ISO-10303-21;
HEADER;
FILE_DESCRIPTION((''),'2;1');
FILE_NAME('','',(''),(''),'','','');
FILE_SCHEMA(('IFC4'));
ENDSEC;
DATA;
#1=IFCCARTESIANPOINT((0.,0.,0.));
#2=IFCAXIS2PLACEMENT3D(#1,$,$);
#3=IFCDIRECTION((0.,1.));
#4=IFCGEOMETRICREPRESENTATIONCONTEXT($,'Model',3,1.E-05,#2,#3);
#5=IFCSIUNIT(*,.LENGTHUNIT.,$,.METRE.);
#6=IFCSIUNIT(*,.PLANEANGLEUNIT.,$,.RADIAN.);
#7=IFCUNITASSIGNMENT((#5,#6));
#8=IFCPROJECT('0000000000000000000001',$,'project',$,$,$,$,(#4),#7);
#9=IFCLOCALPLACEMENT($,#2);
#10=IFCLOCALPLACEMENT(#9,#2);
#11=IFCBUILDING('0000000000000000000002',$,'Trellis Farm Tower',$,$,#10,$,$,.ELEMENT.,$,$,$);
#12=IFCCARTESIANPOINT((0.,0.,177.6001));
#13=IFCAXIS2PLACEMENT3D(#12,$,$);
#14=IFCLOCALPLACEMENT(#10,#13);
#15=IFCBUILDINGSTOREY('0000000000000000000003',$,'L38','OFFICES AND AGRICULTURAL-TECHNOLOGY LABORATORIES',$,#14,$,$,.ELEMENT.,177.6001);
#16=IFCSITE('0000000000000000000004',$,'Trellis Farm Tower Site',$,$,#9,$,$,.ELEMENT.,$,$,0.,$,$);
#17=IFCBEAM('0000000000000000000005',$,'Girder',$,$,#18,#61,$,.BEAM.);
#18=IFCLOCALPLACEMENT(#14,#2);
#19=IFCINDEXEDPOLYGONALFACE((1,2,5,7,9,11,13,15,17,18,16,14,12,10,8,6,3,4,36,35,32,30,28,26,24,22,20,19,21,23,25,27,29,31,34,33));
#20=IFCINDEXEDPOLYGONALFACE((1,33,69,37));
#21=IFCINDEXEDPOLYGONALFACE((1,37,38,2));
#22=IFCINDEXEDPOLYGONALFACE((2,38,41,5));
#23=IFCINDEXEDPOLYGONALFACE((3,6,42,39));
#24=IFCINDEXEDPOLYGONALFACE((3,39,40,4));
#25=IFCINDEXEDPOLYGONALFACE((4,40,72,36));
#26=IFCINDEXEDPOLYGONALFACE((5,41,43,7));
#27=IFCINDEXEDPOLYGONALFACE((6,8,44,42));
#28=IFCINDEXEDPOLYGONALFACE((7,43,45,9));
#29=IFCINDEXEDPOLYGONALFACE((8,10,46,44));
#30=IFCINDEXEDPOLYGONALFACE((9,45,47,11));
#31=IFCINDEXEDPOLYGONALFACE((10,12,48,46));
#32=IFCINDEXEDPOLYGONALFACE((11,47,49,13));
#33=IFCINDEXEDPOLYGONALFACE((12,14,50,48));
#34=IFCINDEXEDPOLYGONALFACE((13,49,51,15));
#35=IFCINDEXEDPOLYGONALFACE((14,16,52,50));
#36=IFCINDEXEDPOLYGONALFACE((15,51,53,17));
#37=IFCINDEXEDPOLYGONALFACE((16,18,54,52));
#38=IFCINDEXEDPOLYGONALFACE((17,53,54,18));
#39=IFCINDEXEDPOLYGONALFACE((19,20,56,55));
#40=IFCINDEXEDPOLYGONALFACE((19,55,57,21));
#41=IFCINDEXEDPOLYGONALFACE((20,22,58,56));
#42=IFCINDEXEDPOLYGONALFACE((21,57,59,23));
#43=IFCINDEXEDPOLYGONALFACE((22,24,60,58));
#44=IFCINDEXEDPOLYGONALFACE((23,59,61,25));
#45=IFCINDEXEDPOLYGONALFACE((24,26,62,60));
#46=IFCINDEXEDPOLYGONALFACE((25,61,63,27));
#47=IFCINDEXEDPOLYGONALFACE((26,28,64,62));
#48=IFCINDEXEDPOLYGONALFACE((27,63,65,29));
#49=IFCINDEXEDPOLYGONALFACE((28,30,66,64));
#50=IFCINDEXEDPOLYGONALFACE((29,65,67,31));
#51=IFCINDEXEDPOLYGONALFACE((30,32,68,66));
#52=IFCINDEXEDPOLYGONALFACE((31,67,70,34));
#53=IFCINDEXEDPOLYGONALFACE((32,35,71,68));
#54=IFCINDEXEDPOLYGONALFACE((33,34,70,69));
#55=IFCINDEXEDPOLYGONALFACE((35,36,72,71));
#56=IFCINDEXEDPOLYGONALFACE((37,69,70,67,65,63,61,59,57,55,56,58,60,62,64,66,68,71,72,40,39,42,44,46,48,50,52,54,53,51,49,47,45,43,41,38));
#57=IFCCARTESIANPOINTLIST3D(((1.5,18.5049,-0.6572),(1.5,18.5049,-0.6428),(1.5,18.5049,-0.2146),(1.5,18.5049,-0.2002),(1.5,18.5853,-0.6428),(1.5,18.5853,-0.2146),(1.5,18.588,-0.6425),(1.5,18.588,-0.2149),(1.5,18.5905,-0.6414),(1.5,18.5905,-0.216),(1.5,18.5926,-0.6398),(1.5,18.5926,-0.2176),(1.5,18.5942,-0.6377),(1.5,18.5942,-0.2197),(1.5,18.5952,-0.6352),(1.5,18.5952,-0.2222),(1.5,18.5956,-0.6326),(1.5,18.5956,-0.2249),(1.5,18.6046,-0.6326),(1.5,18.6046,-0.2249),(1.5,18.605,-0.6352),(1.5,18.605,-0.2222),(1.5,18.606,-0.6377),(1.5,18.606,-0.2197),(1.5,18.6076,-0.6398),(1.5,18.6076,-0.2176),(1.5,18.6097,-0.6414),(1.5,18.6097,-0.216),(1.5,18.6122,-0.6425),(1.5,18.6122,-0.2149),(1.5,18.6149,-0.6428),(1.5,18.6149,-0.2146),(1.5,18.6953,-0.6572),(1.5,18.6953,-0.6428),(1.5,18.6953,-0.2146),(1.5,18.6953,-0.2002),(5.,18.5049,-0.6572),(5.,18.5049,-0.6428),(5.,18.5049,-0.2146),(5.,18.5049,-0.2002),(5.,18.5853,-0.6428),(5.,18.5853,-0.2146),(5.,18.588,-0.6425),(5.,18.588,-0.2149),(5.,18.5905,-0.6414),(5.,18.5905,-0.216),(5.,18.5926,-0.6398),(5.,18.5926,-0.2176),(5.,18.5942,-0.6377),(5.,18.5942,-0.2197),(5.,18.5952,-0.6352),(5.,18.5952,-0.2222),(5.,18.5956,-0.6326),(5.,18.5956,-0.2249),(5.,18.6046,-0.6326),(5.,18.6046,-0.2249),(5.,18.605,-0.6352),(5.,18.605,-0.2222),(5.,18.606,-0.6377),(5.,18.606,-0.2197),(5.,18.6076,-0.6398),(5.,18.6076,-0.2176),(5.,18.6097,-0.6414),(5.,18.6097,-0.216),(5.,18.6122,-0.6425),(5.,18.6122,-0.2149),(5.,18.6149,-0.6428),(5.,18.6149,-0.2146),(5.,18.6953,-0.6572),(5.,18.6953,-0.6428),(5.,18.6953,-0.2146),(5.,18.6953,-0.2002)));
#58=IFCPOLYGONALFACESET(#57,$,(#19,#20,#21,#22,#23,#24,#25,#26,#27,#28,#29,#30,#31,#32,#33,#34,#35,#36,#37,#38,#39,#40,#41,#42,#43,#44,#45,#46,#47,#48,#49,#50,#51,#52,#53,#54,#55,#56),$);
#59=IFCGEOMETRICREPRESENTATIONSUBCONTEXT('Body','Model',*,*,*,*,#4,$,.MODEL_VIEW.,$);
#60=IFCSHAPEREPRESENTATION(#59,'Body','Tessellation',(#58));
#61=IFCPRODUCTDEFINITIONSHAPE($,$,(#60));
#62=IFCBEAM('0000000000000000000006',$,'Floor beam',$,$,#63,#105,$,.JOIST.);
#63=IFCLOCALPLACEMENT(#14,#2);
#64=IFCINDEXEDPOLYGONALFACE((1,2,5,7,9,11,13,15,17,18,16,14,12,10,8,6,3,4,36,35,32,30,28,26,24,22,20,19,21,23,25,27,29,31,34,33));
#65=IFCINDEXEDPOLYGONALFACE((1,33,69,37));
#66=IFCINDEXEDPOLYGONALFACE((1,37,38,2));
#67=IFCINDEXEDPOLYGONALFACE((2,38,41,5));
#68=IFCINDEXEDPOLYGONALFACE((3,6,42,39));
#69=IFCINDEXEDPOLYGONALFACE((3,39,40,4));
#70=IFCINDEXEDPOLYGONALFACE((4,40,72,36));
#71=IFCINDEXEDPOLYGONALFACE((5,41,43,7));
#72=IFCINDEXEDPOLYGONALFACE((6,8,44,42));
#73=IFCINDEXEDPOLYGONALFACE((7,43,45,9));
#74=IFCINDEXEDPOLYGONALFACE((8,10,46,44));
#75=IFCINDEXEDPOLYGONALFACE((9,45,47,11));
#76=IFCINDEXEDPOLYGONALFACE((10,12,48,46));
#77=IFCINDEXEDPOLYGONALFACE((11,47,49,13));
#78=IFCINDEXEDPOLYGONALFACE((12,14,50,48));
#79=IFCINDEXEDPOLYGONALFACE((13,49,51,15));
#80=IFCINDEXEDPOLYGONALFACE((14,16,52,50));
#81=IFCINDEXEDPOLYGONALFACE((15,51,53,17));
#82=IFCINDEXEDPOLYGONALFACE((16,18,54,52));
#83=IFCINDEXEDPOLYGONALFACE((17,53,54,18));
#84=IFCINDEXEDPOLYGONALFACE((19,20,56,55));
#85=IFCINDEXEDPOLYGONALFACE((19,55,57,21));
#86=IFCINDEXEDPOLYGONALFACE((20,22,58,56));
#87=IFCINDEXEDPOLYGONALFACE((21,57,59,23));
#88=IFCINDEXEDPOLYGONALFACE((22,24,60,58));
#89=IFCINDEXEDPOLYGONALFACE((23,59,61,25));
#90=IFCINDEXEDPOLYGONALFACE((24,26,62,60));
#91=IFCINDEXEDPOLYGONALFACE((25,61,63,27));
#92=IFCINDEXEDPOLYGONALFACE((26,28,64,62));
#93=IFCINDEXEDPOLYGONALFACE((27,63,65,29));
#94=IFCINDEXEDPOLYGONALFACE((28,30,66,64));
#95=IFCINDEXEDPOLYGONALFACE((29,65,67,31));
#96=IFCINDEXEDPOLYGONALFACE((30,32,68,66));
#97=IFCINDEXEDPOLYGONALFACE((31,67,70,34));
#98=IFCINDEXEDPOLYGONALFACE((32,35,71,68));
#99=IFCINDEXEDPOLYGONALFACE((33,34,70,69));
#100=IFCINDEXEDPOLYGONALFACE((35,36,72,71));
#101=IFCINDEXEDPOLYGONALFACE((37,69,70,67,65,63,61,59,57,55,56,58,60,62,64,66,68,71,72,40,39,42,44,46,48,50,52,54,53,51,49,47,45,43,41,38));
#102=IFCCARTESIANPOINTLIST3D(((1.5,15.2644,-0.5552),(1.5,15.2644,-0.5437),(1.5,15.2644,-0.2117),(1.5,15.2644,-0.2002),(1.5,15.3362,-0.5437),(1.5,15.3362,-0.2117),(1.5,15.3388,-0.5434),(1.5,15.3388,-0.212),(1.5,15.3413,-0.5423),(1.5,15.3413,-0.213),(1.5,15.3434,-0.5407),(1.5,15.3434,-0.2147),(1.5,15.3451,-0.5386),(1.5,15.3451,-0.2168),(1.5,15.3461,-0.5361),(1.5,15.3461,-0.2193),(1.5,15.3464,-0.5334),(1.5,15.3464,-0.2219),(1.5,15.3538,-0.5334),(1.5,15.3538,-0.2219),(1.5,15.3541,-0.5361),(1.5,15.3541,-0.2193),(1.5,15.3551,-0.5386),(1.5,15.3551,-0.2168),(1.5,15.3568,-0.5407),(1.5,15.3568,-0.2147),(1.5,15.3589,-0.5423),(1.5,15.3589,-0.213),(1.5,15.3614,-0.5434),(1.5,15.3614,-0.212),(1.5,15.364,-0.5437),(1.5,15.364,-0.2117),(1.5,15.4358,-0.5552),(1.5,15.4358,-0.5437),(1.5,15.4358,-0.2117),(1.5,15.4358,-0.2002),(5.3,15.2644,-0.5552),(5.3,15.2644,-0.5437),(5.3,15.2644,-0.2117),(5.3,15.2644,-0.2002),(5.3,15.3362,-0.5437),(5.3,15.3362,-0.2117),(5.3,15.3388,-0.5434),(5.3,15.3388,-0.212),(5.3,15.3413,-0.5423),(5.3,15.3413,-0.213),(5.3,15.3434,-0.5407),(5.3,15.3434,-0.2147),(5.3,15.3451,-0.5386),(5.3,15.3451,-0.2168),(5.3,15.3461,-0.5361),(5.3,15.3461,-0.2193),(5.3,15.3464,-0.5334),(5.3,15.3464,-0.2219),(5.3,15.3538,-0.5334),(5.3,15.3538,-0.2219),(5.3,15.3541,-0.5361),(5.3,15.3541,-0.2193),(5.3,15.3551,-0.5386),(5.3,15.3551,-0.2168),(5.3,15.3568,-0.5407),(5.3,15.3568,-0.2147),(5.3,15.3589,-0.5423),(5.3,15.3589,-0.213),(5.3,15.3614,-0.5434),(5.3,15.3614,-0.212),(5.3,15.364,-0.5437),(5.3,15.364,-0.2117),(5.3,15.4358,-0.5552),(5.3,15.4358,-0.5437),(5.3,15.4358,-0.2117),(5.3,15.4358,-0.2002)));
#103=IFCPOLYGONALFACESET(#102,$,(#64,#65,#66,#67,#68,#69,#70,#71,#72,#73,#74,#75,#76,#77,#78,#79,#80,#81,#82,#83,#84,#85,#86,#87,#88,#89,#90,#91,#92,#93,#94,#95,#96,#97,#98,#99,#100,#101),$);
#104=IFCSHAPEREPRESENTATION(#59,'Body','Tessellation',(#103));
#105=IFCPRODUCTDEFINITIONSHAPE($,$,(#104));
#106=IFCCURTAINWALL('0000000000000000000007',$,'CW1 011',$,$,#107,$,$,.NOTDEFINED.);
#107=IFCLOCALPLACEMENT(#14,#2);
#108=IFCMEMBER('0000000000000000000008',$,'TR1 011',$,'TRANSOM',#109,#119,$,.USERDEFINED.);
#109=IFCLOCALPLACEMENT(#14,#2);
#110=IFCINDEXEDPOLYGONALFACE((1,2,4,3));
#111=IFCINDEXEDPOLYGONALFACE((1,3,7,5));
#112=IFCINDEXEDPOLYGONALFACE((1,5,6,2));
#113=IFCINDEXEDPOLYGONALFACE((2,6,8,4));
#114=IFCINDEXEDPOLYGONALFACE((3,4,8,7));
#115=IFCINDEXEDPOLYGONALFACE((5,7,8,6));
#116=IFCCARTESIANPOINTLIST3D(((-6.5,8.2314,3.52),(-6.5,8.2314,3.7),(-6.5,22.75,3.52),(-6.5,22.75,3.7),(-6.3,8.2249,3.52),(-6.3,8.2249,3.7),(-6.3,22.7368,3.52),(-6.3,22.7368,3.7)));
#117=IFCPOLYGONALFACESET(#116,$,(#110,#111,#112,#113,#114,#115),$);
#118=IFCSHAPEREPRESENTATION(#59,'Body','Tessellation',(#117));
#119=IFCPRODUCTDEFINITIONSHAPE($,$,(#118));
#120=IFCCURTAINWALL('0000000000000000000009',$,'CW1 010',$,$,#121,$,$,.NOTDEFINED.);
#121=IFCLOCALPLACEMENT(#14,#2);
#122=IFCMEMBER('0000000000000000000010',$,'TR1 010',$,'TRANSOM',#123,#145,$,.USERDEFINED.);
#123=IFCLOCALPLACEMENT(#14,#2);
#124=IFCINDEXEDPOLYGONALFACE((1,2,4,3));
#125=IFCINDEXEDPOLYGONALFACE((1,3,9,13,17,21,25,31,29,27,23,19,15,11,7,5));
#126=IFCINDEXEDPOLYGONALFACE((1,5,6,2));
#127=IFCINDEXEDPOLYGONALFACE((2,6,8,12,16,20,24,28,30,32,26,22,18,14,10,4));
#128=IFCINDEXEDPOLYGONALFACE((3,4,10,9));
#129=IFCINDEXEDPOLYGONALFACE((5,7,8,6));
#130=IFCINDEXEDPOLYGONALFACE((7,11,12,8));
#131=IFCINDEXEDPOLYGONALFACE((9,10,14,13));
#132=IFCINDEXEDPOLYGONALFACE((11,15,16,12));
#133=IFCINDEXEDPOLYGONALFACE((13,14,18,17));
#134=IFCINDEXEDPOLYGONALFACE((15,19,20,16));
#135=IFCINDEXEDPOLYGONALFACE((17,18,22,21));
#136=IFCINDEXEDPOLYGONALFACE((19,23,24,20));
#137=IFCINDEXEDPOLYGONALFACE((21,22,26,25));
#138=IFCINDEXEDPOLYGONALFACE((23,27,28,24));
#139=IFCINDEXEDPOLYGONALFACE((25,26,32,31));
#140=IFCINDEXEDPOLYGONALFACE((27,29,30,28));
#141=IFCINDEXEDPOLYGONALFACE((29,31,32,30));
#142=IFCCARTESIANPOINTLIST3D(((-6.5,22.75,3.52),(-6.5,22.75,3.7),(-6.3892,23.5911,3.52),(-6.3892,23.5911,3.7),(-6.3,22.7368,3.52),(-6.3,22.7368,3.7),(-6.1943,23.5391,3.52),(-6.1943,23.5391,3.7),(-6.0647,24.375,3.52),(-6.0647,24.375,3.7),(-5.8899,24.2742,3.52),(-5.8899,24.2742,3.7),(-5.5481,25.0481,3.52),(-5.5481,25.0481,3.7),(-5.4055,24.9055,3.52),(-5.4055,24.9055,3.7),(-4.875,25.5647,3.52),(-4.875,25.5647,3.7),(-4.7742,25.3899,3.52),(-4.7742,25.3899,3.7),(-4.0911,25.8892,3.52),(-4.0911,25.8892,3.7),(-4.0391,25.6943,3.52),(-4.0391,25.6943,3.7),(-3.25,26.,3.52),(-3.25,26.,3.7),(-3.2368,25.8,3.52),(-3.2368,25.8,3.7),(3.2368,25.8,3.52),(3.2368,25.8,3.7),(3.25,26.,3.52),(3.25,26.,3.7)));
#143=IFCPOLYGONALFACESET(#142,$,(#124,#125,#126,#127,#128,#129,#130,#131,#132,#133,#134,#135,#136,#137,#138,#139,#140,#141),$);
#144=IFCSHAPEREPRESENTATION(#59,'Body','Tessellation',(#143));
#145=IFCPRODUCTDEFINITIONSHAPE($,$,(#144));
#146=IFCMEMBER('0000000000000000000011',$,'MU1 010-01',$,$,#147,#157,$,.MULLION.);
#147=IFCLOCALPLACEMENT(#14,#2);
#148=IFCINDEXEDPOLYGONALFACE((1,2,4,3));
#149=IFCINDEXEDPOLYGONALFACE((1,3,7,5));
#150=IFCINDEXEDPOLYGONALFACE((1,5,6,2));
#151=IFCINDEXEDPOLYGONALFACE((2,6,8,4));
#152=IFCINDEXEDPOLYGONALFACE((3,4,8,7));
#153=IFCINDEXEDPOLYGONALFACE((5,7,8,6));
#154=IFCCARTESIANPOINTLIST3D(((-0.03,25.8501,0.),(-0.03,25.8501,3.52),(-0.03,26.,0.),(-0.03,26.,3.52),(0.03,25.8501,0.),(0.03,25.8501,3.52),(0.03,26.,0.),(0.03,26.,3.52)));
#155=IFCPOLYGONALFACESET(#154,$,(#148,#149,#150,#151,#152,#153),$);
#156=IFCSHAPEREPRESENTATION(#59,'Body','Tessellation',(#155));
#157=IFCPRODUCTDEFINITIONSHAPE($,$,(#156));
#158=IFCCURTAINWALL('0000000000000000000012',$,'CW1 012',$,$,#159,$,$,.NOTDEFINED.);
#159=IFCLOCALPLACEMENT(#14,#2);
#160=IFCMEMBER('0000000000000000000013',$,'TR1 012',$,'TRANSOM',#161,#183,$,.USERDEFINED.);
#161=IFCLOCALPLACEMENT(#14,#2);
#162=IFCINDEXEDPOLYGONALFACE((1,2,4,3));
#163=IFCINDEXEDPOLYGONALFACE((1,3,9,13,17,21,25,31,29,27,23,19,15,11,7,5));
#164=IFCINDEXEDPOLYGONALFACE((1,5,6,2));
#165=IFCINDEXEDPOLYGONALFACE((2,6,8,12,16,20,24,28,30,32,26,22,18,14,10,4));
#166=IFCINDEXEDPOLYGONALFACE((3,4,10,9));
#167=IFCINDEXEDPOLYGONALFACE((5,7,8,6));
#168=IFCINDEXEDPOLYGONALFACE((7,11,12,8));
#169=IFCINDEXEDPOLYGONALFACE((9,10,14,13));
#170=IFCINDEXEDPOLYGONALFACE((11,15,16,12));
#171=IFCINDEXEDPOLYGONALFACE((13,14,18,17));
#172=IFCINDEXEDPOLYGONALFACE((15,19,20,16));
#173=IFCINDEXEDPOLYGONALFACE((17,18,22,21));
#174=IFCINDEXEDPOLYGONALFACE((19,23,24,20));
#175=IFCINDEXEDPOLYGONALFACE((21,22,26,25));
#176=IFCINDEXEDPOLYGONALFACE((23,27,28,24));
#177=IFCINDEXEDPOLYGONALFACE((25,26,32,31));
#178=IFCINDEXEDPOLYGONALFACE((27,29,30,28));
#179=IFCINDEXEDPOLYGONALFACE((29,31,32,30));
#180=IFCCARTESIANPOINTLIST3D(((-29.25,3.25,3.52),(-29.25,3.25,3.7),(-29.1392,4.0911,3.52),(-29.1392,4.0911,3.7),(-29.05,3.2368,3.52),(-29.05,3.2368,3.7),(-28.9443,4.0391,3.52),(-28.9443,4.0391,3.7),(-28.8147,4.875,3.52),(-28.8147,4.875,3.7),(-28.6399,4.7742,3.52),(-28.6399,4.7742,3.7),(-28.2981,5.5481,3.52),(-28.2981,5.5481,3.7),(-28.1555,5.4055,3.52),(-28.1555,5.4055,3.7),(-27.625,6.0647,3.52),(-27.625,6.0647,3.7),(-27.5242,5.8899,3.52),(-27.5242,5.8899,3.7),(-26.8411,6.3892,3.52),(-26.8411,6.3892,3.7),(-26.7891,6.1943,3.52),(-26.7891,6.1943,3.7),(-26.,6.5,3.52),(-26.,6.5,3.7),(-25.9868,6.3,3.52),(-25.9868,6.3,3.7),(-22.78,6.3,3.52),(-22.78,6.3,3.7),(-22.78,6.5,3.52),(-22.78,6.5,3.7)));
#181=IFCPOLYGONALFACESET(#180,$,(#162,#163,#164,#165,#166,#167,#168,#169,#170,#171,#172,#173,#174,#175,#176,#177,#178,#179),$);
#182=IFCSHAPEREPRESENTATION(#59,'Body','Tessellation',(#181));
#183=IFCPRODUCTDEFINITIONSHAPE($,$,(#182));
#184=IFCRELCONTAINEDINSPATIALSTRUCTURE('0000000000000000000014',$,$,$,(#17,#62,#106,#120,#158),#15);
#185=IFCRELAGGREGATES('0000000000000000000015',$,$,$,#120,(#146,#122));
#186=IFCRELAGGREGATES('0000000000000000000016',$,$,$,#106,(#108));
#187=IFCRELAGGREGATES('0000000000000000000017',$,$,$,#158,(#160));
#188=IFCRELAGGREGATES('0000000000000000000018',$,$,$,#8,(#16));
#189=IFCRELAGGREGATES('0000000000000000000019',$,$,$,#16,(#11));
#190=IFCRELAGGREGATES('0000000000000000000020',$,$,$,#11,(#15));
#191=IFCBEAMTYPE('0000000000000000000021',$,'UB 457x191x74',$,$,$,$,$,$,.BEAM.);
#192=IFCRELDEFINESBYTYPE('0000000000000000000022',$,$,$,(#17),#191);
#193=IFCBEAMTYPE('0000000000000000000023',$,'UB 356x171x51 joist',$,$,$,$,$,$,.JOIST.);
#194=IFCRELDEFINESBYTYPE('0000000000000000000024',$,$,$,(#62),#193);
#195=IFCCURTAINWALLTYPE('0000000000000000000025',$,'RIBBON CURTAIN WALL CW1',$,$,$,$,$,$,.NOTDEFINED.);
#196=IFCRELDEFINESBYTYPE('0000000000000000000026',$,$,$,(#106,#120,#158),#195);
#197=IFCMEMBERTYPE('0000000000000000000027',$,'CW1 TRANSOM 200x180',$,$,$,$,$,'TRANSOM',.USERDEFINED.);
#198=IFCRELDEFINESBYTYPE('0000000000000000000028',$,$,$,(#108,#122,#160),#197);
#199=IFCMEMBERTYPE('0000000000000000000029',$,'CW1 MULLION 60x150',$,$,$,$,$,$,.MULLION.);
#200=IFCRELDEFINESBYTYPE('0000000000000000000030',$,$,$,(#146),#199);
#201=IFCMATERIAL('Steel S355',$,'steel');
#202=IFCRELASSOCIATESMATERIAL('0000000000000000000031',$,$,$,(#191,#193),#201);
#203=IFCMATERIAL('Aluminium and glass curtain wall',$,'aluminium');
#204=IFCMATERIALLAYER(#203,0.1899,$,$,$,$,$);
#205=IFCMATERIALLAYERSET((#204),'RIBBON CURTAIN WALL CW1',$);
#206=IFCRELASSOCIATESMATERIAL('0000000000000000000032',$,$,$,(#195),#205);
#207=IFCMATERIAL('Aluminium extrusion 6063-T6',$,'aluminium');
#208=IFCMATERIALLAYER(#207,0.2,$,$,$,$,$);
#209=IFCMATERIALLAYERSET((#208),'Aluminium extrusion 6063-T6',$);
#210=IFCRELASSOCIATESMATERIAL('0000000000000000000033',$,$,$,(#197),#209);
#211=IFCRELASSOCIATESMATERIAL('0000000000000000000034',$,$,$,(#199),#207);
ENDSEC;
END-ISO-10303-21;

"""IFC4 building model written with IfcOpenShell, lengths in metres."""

from ifc_helpers import new_model, si_unit, direction, frame, origin, origin_2d, place, context, subcontext, project, spatial, polyline, rectangle, i_section, outline, extrude, source, transform, mapped, material, layer, layer_set, material_profile, profile_set, type_object, element, aggregate, save


model = new_model("IFC4")

# Units and contexts
model_context = context("Model", 3, precision=1e-05, world=origin(), true_north=direction((0.0, 1.0)))
body_context = subcontext(model_context, "Body", "Model", "MODEL_VIEW")
ifc_project = project(units=[si_unit("LENGTHUNIT", "METRE"), si_unit("PLANEANGLEUNIT", "RADIAN")], contexts=[model_context])

# Site, building, storey
site_placement = place(None, origin())
site = spatial("IfcSite", under=ifc_project, at=site_placement, Name="Trellis Farm Tower Site", CompositionType="ELEMENT", RefElevation=0.0)
building_placement = place(site_placement, origin())
building = spatial("IfcBuilding", under=site, at=building_placement, Name="Trellis Farm Tower", CompositionType="ELEMENT")
storey_placement = place(building_placement, frame((0.0, 0.0, 177.6001)))
storey = spatial("IfcBuildingStorey", under=building, at=storey_placement, Name="L38", Description="OFFICES AND AGRICULTURAL-TECHNOLOGY LABORATORIES", CompositionType="ELEMENT", Elevation=177.6001)

# Beams
ifc_material_1 = material(Name="Steel S355", Category="steel")
ifc_material_profile_1 = material_profile(ifc_material_1, i_section(OverallWidth=0.1904, OverallDepth=0.457, WebThickness=0.009, FlangeThickness=0.0144, FilletRadius=0.0103, at=origin_2d()), Name="UB 457x191x74")
ifc_profile_set_1 = profile_set([ifc_material_profile_1], Name="Steel S355")
beam_type_1 = type_object("IfcBeamType", Name="UB 457x191x74", PredefinedType="BEAM", material=ifc_profile_set_1)
shared_shape_1 = source(origin(), body_context, "Body", "SweptSolid", [
    extrude(i_section(OverallWidth=0.1904, OverallDepth=0.457, WebThickness=0.009, FlangeThickness=0.0144, FilletRadius=0.0103, at=origin_2d()), origin(), (0.0, 0.0, 1.0), 3.5),
])
beam_1_placement = place(storey_placement, frame((1.5, 18.6001, -0.4287), z_axis=(1.0, 0.0, 0.0), x_axis=(0.0, 1.0, 0.0)))
element("IfcBeam", 1, at=beam_1_placement, inside=storey, type_object=beam_type_1, Name="Girder", PredefinedType="BEAM", context=body_context, shape_type="MappedRepresentation", body=[
    mapped(shared_shape_1, transform((0.0, 0.0, 0.0))),
])
ifc_material_profile_2 = material_profile(ifc_material_1, i_section(OverallWidth=0.1714, OverallDepth=0.355, WebThickness=0.0073, FlangeThickness=0.0115, FilletRadius=0.0103, at=origin_2d()), Name="UB 356x171x51")
ifc_profile_set_2 = profile_set([ifc_material_profile_2], Name="Steel S355")
beam_type_2 = type_object("IfcBeamType", Name="UB 356x171x51 joist", PredefinedType="JOIST", material=ifc_profile_set_2)
shared_shape_2 = source(origin(), body_context, "Body", "SweptSolid", [
    extrude(i_section(OverallWidth=0.1714, OverallDepth=0.355, WebThickness=0.0073, FlangeThickness=0.0115, FilletRadius=0.0103, at=origin_2d()), origin(), (0.0, 0.0, 1.0), 3.8),
])
beam_2_placement = place(storey_placement, frame((1.5, 15.3501, -0.3777), z_axis=(1.0, 0.0, 0.0), x_axis=(0.0, 1.0, 0.0)))
element("IfcBeam", 2, at=beam_2_placement, inside=storey, type_object=beam_type_2, Name="Floor beam", PredefinedType="JOIST", context=body_context, shape_type="MappedRepresentation", body=[
    mapped(shared_shape_2, transform((0.0, 0.0, 0.0))),
])

# Curtain wall, member
ifc_material_2 = material(Name="Aluminium and glass curtain wall", Category="aluminium")
ifc_layer_1 = layer(ifc_material_2, 0.1899)
ifc_layer_set_1 = layer_set([ifc_layer_1], Name="RIBBON CURTAIN WALL CW1")
curtain_wall_type_1 = type_object("IfcCurtainWallType", Name="RIBBON CURTAIN WALL CW1", PredefinedType="NOTDEFINED", material=ifc_layer_set_1)
placement_1 = place(storey_placement, origin())
curtain_wall_1 = element("IfcCurtainWall", 3, at=placement_1, inside=storey, type_object=curtain_wall_type_1, Name="CW1 011", PredefinedType="NOTDEFINED")
ifc_material_3 = material(Name="Aluminium extrusion 6063-T6", Category="aluminium")
ifc_layer_2 = layer(ifc_material_3, 0.2)
ifc_layer_set_2 = layer_set([ifc_layer_2], Name="Aluminium extrusion 6063-T6")
member_type_1 = type_object("IfcMemberType", Name="CW1 TRANSOM 200x180", ElementType="TRANSOM", PredefinedType="USERDEFINED", material=ifc_layer_set_2)
shared_shape_3 = source(origin(), body_context, "Body", "SweptSolid", [
    extrude(outline(polyline([(-6.5, 22.75), (-6.5, 8.2314), (-6.3, 8.2249), (-6.3, 22.7368), (-6.5, 22.75)])), origin(), (0.0, 0.0, 1.0), 0.1799),
])
placement_2 = place(storey_placement, frame((0.0, 0.0, 3.52)))
member_1 = element("IfcMember", 4, at=placement_2, type_object=member_type_1, Name="TR1 011", ObjectType="TRANSOM", PredefinedType="USERDEFINED", context=body_context, shape_type="MappedRepresentation", body=[
    mapped(shared_shape_3, transform((0.0, 0.0, 0.0))),
])

# Curtain wall, members
curtain_wall_2 = element("IfcCurtainWall", 5, at=placement_1, inside=storey, type_object=curtain_wall_type_1, Name="CW1 010", PredefinedType="NOTDEFINED")
shared_shape_4 = source(origin(), body_context, "Body", "SweptSolid", [
    extrude(outline(polyline([(3.25, 26.0), (-3.25, 26.0), (-4.0911, 25.8892), (-4.875, 25.5647), (-5.5481, 25.0481), (-6.0647, 24.375), (-6.3892, 23.5911), (-6.5, 22.75), (-6.3, 22.7368), (-6.1943, 23.5391), (-5.8899, 24.2742), (-5.4055, 24.9055), (-4.7742, 25.3899), (-4.0391, 25.6943), (-3.2368, 25.8), (3.2368, 25.8), (3.25, 26.0)])), origin(), (0.0, 0.0, 1.0), 0.1799),
])
member_2 = element("IfcMember", 6, at=placement_2, type_object=member_type_1, Name="TR1 010", ObjectType="TRANSOM", PredefinedType="USERDEFINED", context=body_context, shape_type="MappedRepresentation", body=[
    mapped(shared_shape_4, transform((0.0, 0.0, 0.0))),
])
ifc_material_profile_3 = material_profile(ifc_material_3, rectangle(XDim=0.0601, YDim=0.1499, at=origin_2d()), Name="MULLION 60x150")
ifc_profile_set_3 = profile_set([ifc_material_profile_3], Name="Aluminium extrusion 6063-T6")
member_type_2 = type_object("IfcMemberType", Name="CW1 MULLION 60x150", PredefinedType="MULLION", material=ifc_profile_set_3)
shared_shape_5 = source(origin(), body_context, "Body", "SweptSolid", [
    extrude(rectangle(XDim=0.0601, YDim=0.1499, at=origin_2d()), origin(), (0.0, 0.0, 1.0), 3.52),
])
member_3_placement = place(storey_placement, frame((0.0, 25.925, 0.0), z_axis=(0.0, 0.0, 1.0), x_axis=(-1.0, 0.0, 0.0)))
member_3 = element("IfcMember", 7, at=member_3_placement, type_object=member_type_2, Name="MU1 010-01", PredefinedType="MULLION", context=body_context, shape_type="MappedRepresentation", body=[
    mapped(shared_shape_5, transform((0.0, 0.0, 0.0))),
])

# Curtain wall, member
curtain_wall_3 = element("IfcCurtainWall", 8, at=placement_1, inside=storey, type_object=curtain_wall_type_1, Name="CW1 012", PredefinedType="NOTDEFINED")
shared_shape_6 = source(origin(), body_context, "Body", "SweptSolid", [
    extrude(outline(polyline([(-22.78, 6.5), (-26.0, 6.5), (-26.8411, 6.3892), (-27.625, 6.0647), (-28.2981, 5.5481), (-28.8147, 4.875), (-29.1392, 4.0911), (-29.25, 3.25), (-29.05, 3.2368), (-28.9443, 4.0391), (-28.6399, 4.7742), (-28.1555, 5.4055), (-27.5242, 5.8899), (-26.7891, 6.1943), (-25.9868, 6.3), (-22.78, 6.3), (-22.78, 6.5)])), origin(), (0.0, 0.0, 1.0), 0.1799),
])
member_4 = element("IfcMember", 9, at=placement_2, type_object=member_type_1, Name="TR1 012", ObjectType="TRANSOM", PredefinedType="USERDEFINED", context=body_context, shape_type="MappedRepresentation", body=[
    mapped(shared_shape_6, transform((0.0, 0.0, 0.0))),
])

aggregate(curtain_wall_2, [member_3, member_2])
aggregate(curtain_wall_1, [member_1])
aggregate(curtain_wall_3, [member_4])

save(model, "model.ifc")
